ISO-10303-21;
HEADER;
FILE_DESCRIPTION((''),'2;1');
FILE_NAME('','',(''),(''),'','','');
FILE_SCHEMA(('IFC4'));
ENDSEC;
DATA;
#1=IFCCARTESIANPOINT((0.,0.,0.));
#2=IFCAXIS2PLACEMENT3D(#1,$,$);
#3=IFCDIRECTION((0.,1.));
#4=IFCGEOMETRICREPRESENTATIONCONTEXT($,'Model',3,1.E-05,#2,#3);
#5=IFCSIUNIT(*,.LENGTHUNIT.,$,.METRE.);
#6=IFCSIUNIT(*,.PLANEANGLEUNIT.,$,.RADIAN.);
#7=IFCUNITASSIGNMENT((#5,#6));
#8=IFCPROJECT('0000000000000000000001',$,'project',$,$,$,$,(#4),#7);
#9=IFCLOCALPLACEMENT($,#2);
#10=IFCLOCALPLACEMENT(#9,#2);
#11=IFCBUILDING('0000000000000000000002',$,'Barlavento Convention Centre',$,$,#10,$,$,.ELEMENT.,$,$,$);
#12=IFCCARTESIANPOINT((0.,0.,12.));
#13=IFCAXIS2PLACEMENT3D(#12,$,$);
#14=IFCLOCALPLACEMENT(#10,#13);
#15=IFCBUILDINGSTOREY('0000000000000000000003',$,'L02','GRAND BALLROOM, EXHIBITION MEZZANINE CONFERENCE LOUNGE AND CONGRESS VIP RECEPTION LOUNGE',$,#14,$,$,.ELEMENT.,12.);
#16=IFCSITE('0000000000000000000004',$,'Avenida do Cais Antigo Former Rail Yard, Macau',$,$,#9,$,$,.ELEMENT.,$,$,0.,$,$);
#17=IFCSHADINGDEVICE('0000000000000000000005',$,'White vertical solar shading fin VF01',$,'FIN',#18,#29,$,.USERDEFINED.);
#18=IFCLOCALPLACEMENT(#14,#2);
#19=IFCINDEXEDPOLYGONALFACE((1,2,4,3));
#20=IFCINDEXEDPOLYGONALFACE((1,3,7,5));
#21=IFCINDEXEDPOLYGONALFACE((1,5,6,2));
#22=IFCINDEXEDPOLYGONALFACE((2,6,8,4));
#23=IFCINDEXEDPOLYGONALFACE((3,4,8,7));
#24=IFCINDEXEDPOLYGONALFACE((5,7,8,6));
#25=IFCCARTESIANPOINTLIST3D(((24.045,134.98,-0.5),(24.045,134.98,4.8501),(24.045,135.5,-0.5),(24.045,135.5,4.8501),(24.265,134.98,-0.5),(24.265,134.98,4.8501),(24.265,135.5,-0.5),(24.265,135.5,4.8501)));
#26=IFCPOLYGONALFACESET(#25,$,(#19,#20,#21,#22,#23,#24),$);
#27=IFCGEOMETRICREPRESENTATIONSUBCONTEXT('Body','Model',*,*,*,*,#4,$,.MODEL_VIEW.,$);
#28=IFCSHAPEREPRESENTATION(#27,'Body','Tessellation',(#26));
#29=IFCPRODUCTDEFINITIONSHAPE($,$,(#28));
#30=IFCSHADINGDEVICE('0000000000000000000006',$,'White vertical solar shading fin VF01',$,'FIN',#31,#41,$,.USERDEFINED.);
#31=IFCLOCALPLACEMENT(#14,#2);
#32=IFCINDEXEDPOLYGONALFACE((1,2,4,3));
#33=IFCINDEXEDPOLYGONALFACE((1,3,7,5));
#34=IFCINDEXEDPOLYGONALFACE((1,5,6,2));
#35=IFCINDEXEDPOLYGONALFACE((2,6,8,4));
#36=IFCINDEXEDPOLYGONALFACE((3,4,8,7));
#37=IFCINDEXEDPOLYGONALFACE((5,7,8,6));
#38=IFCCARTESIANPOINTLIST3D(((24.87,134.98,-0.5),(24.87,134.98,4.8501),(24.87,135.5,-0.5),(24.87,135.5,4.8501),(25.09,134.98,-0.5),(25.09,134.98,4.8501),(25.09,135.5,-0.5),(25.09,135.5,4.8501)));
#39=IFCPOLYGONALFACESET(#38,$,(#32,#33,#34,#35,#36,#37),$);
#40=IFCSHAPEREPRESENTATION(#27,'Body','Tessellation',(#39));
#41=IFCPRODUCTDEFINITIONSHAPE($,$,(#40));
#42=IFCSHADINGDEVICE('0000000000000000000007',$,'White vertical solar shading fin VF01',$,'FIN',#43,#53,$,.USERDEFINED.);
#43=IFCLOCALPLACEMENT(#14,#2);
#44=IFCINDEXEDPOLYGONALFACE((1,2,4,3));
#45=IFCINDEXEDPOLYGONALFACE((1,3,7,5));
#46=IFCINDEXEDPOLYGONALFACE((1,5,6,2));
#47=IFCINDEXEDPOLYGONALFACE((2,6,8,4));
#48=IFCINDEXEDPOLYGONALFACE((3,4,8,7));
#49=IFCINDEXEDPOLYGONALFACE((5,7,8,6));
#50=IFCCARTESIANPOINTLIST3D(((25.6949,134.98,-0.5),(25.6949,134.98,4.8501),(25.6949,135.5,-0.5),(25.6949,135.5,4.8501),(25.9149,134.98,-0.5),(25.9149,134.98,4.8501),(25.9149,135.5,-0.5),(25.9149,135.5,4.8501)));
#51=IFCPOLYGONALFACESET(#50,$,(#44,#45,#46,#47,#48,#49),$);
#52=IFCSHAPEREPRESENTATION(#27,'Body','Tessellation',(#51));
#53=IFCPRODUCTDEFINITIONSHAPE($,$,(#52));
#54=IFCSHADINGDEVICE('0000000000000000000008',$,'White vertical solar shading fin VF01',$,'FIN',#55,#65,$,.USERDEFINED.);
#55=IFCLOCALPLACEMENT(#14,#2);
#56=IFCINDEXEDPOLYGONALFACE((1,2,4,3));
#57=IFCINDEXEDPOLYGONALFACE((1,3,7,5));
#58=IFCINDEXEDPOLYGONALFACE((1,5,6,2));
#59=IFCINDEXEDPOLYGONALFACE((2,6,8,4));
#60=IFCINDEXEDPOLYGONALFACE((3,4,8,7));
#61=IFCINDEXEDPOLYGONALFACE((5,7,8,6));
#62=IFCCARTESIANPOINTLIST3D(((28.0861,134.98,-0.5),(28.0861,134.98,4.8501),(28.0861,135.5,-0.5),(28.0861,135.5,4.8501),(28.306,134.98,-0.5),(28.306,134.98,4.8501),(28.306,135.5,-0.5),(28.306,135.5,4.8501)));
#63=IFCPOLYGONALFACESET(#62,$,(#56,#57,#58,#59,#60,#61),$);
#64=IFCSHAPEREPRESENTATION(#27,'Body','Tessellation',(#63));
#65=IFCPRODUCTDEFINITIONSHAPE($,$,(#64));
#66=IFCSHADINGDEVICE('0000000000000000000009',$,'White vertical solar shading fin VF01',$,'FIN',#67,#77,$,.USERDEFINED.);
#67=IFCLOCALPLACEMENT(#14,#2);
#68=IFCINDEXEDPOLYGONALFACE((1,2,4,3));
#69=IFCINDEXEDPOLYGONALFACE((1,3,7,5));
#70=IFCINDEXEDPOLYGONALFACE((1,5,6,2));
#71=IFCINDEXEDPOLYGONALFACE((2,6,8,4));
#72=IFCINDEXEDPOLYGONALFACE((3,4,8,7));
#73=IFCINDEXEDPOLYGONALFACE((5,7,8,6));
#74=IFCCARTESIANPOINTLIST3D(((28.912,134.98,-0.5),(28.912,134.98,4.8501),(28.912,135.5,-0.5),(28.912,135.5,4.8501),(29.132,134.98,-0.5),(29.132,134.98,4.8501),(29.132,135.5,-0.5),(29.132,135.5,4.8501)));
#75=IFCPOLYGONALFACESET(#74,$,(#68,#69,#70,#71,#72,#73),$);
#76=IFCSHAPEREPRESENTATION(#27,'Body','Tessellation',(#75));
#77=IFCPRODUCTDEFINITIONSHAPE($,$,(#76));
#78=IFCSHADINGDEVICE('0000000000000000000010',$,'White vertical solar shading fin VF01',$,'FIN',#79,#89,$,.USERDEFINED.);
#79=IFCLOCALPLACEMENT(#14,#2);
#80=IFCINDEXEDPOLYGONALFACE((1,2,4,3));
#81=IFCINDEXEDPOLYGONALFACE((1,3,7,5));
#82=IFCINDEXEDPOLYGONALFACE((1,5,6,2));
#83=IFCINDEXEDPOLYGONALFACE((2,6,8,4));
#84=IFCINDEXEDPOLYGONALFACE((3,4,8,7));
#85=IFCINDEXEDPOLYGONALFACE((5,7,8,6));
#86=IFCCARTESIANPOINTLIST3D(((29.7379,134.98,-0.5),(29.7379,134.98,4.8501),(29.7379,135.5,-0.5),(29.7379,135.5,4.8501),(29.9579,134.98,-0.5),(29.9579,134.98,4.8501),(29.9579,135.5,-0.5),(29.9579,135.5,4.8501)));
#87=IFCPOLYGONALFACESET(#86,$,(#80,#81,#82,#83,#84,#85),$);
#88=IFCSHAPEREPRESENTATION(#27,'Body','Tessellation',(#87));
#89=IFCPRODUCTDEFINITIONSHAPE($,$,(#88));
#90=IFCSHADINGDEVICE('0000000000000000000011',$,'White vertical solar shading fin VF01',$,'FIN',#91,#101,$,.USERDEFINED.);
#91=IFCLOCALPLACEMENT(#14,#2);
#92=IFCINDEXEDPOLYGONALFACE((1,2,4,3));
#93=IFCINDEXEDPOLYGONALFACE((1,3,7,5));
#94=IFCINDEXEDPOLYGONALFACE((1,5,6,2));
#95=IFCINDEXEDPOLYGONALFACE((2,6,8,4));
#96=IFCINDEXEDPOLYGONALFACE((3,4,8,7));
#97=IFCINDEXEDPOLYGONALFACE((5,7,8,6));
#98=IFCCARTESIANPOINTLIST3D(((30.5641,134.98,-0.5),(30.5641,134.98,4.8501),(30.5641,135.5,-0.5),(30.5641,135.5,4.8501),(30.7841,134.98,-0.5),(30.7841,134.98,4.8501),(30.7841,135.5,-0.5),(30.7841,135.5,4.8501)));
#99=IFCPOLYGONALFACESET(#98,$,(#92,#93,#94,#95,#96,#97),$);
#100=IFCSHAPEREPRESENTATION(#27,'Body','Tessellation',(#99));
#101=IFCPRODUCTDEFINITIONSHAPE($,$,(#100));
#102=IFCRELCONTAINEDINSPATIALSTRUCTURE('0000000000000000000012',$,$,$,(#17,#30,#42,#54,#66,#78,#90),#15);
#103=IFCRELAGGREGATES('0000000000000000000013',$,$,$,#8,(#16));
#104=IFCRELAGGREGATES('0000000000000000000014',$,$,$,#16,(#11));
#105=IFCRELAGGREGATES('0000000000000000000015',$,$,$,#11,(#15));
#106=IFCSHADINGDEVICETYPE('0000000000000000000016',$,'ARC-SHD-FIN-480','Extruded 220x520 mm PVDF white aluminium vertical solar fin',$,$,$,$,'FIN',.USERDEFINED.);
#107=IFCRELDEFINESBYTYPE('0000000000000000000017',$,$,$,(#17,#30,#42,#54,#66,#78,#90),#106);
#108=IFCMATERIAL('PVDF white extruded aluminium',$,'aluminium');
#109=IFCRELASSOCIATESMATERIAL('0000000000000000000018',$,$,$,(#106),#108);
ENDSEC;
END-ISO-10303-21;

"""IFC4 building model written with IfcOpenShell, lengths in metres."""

from ifc_helpers import new_model, si_unit, direction, frame, origin, origin_2d, place, context, subcontext, project, spatial, rectangle, extrude, material, type_object, element, save


model = new_model("IFC4")

# Units and contexts
model_context = context("Model", 3, precision=1e-05, world=origin(), true_north=direction((0.0, 1.0)))
body_context = subcontext(model_context, "Body", "Model", "MODEL_VIEW")
ifc_project = project(units=[si_unit("LENGTHUNIT", "METRE"), si_unit("PLANEANGLEUNIT", "RADIAN")], contexts=[model_context])

# Site, building, storey
site_placement = place(None, origin())
site = spatial("IfcSite", under=ifc_project, at=site_placement, Name="Avenida do Cais Antigo Former Rail Yard, Macau", CompositionType="ELEMENT", RefElevation=0.0)
building_placement = place(site_placement, origin())
building = spatial("IfcBuilding", under=site, at=building_placement, Name="Barlavento Convention Centre", CompositionType="ELEMENT")
storey_placement = place(building_placement, frame((0.0, 0.0, 12.0)))
storey = spatial("IfcBuildingStorey", under=building, at=storey_placement, Name="L02", Description="GRAND BALLROOM, EXHIBITION MEZZANINE CONFERENCE LOUNGE AND CONGRESS VIP RECEPTION LOUNGE", CompositionType="ELEMENT", Elevation=12.0)

# Shading devices
ifc_material_1 = material(Name="PVDF white extruded aluminium", Category="aluminium")
shading_device_type = type_object("IfcShadingDeviceType", Name="ARC-SHD-FIN-480", Description="Extruded 220x520 mm PVDF white aluminium vertical solar fin", ElementType="FIN", PredefinedType="USERDEFINED", material=ifc_material_1)
for number, where, z_axis, x_axis, name in (
    (1, (24.155, 135.24, -0.5), (0.0, 0.0, 1.0), (1.0, 0.0, 0.0), "White vertical solar shading fin VF01"),
    (2, (24.98, 135.24, -0.5), (0.0, 0.0, 1.0), (1.0, 0.0, 0.0), "White vertical solar shading fin VF01"),
    (3, (25.8049, 135.24, -0.5), (0.0, 0.0, 1.0), (1.0, 0.0, 0.0), "White vertical solar shading fin VF01"),
    (4, (28.196, 135.24, -0.5), (0.0, 0.0, 1.0), (1.0, 0.0, 0.0), "White vertical solar shading fin VF01"),
    (5, (29.022, 135.24, -0.5), (0.0, 0.0, 1.0), (1.0, 0.0, 0.0), "White vertical solar shading fin VF01"),
    (6, (29.8479, 135.24, -0.5), (0.0, 0.0, 1.0), (1.0, 0.0, 0.0), "White vertical solar shading fin VF01"),
    (7, (30.6741, 135.24, -0.5), (0.0, 0.0, 1.0), (1.0, 0.0, 0.0), "White vertical solar shading fin VF01"),
):
    element("IfcShadingDevice", number, at=place(storey_placement, frame(where, z_axis=z_axis, x_axis=x_axis)), inside=storey, type_object=shading_device_type, Name=name, ObjectType="FIN", PredefinedType="USERDEFINED", context=body_context, shape_type="SweptSolid", body=[
        extrude(rectangle(XDim=0.22, YDim=0.52, at=origin_2d()), origin(), (0.0, 0.0, 1.0), 5.3501),
    ])

save(model, "model.ifc")
